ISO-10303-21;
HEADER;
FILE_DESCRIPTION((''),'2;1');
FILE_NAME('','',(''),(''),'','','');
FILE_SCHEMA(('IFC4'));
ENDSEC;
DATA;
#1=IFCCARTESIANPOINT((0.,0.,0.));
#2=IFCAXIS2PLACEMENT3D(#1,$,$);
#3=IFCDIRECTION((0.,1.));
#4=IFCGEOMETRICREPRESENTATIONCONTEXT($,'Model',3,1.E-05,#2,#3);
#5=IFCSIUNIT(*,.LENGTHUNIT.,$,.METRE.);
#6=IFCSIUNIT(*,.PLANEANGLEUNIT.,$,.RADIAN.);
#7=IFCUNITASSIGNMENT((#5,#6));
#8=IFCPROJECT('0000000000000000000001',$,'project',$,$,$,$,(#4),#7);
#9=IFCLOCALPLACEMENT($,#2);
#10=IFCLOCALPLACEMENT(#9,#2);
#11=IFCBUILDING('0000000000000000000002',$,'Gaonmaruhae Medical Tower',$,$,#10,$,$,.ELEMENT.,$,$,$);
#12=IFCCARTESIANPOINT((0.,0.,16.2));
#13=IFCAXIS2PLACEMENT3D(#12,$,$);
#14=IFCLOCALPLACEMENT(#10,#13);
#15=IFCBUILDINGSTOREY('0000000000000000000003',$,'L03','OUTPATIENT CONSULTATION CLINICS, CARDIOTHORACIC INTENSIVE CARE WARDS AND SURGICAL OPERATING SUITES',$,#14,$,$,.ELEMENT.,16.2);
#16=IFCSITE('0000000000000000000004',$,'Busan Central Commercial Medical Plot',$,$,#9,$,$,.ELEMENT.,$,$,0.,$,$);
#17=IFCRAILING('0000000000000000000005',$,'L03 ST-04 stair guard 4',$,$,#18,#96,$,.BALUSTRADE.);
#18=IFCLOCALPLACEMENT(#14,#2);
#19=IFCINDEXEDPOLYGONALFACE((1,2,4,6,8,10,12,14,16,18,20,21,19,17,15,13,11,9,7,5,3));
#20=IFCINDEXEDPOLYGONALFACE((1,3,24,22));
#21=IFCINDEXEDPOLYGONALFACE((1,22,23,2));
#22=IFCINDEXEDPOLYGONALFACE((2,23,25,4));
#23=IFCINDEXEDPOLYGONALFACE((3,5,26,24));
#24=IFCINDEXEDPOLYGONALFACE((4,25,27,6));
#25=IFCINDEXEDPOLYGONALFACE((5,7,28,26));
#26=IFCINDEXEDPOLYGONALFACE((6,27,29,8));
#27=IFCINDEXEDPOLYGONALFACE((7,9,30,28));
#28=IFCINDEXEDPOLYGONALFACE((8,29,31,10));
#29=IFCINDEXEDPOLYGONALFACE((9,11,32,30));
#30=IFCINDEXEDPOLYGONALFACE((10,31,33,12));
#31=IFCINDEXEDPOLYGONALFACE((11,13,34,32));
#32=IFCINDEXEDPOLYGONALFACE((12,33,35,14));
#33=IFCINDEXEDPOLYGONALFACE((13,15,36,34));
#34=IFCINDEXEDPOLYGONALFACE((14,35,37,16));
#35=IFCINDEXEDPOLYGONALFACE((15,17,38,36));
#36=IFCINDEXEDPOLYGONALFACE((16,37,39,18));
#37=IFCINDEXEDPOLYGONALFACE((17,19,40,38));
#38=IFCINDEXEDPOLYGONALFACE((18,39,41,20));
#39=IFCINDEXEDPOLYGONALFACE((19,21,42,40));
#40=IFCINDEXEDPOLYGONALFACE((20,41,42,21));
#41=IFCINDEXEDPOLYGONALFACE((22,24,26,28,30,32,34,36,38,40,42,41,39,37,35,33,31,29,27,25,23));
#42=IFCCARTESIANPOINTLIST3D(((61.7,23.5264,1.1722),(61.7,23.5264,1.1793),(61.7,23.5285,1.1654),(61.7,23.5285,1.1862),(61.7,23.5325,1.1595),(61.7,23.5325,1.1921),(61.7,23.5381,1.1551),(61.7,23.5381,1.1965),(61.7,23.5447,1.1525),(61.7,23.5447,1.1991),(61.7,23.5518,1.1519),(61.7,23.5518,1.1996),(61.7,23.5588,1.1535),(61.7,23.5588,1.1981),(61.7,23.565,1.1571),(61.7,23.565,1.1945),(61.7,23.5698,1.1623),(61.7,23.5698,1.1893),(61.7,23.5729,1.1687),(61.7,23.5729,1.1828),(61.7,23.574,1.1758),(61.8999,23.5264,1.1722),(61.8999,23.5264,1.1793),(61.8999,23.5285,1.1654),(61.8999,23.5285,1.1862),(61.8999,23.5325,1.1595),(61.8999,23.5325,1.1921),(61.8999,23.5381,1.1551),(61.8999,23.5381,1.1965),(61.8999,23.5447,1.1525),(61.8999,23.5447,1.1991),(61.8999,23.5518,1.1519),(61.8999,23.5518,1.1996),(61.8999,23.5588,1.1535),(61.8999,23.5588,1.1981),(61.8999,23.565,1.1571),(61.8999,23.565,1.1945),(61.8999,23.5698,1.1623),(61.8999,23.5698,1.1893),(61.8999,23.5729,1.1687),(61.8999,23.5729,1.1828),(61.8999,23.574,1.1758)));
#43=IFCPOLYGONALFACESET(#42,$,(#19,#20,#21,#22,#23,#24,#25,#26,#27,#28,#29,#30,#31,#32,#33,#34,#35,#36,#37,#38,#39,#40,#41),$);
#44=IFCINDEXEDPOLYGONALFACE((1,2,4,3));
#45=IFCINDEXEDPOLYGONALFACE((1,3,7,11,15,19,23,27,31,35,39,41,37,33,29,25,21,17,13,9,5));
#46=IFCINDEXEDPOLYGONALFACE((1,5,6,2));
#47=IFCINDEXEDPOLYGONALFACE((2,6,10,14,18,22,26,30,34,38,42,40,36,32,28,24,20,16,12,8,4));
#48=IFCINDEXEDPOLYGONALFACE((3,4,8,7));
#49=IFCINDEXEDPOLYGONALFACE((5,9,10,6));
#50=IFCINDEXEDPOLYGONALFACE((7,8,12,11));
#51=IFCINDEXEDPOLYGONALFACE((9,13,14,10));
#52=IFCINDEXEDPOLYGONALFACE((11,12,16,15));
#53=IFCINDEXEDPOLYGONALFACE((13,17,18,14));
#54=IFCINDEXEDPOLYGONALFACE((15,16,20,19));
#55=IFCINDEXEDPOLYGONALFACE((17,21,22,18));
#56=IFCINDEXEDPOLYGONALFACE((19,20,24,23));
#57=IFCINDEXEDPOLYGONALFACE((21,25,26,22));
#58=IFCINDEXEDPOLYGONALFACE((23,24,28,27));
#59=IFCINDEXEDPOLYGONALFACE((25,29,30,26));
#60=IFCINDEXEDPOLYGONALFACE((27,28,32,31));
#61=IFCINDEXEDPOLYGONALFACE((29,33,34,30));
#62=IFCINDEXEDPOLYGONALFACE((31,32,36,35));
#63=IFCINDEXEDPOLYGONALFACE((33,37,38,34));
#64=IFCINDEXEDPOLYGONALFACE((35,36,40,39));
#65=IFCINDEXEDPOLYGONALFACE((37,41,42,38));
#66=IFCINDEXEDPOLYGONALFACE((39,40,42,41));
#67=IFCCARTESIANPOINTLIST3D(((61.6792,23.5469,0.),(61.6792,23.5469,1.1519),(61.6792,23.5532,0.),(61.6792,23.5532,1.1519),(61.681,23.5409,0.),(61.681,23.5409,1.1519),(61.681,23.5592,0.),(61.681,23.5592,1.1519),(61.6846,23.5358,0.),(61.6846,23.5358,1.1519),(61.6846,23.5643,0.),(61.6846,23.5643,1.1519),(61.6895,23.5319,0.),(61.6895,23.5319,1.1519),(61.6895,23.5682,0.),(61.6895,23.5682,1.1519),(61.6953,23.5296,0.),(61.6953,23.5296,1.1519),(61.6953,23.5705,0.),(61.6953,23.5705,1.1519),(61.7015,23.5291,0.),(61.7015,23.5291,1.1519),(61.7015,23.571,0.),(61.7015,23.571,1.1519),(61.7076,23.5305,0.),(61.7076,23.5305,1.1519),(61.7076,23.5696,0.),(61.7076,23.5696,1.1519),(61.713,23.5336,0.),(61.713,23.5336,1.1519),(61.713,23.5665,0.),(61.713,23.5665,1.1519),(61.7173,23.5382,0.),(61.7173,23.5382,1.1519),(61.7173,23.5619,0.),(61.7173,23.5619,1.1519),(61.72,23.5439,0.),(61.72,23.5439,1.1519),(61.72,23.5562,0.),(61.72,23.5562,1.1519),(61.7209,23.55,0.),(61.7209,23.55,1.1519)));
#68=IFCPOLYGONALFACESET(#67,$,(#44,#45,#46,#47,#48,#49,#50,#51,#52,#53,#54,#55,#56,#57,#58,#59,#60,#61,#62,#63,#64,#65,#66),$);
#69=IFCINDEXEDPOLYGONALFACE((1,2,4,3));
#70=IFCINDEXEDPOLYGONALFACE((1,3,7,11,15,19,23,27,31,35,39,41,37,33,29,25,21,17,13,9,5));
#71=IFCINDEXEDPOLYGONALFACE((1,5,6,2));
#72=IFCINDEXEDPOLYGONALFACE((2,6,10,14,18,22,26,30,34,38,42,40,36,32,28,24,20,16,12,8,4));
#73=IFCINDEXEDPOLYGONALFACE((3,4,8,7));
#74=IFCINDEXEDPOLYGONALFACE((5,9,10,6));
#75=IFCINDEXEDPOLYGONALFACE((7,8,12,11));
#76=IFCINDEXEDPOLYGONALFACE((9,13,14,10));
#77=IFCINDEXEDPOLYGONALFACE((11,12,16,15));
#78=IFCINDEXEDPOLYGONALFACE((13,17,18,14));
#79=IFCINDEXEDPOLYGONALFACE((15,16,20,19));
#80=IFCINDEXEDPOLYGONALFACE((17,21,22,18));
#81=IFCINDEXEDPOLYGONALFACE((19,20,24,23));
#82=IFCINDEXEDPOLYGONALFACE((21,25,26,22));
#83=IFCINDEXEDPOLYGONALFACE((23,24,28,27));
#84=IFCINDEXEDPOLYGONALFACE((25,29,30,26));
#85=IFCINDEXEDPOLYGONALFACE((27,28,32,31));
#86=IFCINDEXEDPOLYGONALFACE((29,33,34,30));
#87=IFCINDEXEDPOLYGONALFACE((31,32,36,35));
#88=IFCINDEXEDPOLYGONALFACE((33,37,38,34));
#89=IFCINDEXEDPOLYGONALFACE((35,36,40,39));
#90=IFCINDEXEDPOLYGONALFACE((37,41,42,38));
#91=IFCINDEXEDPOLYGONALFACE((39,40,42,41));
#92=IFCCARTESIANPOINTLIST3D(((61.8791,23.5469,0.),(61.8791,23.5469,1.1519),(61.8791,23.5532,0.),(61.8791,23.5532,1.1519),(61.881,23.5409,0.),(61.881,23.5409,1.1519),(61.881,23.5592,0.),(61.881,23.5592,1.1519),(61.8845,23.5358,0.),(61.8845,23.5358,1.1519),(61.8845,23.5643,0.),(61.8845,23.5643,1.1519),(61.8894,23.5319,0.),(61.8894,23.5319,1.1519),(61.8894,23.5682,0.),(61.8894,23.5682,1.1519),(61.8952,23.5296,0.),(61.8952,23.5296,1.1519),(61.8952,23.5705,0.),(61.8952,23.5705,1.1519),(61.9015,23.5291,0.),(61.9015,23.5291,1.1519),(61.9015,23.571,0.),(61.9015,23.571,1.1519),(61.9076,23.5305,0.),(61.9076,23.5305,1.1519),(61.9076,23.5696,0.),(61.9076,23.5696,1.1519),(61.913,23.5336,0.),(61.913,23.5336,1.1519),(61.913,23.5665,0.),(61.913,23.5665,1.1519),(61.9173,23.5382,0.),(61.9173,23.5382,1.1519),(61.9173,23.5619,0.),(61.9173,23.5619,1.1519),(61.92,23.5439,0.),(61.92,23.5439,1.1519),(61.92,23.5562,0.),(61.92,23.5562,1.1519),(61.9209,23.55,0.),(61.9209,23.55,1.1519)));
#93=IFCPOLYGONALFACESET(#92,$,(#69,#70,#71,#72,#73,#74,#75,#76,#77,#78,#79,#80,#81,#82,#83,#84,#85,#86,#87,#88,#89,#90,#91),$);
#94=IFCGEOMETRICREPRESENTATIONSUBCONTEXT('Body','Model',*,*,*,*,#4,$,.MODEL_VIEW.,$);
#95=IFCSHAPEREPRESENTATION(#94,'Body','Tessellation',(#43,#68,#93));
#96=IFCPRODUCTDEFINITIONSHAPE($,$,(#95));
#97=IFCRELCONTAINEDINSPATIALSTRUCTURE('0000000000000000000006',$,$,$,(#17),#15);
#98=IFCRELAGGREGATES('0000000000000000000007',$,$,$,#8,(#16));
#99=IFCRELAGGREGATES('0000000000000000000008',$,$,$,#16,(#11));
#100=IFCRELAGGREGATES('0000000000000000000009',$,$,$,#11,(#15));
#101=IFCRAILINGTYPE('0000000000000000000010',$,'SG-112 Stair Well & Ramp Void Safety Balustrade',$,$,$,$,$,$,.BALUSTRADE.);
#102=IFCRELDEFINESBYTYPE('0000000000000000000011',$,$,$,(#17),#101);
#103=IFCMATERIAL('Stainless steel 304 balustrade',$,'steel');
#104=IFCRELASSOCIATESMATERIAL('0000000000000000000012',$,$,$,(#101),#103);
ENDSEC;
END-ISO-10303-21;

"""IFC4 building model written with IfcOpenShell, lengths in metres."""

from ifc_helpers import new_model, si_unit, direction, frame, origin, origin_2d, place, context, subcontext, project, spatial, circle, extrude, material, type_object, element, save


model = new_model("IFC4")

# Units and contexts
model_context = context("Model", 3, precision=1e-05, world=origin(), true_north=direction((0.0, 1.0)))
body_context = subcontext(model_context, "Body", "Model", "MODEL_VIEW")
ifc_project = project(units=[si_unit("LENGTHUNIT", "METRE"), si_unit("PLANEANGLEUNIT", "RADIAN")], contexts=[model_context])

# Site, building, storey
site_placement = place(None, origin())
site = spatial("IfcSite", under=ifc_project, at=site_placement, Name="Busan Central Commercial Medical Plot", CompositionType="ELEMENT", RefElevation=0.0)
building_placement = place(site_placement, origin())
building = spatial("IfcBuilding", under=site, at=building_placement, Name="Gaonmaruhae Medical Tower", CompositionType="ELEMENT")
storey_placement = place(building_placement, frame((0.0, 0.0, 16.2)))
storey = spatial("IfcBuildingStorey", under=building, at=storey_placement, Name="L03", Description="OUTPATIENT CONSULTATION CLINICS, CARDIOTHORACIC INTENSIVE CARE WARDS AND SURGICAL OPERATING SUITES", CompositionType="ELEMENT", Elevation=16.2)

# Railing
ifc_material_1 = material(Name="Stainless steel 304 balustrade", Category="steel")
railing_type_1 = type_object("IfcRailingType", Name="SG-112 Stair Well & Ramp Void Safety Balustrade", PredefinedType="BALUSTRADE", material=ifc_material_1)
railing_1_placement = place(storey_placement, frame((61.7, 23.55, 0.0)))
element("IfcRailing", 1, at=railing_1_placement, inside=storey, type_object=railing_type_1, Name="L03 ST-04 stair guard 4", PredefinedType="BALUSTRADE", context=body_context, shape_type="SweptSolid", body=[
    extrude(circle(Radius=0.0239, at=origin_2d()), frame((0.0, 0.0, 1.1758), z_axis=(1.0, 0.0, 0.0), x_axis=(0.0, 1.0, 0.0)), (0.0, 0.0, 1.0), 0.2),
    extrude(circle(Radius=0.021, at=origin_2d()), origin(), (0.0, 0.0, 1.0), 1.1519),
    extrude(circle(Radius=0.021, at=origin_2d()), frame((0.2, 0.0, 0.0)), (0.0, 0.0, 1.0), 1.1519),
])

save(model, "model.ifc")
